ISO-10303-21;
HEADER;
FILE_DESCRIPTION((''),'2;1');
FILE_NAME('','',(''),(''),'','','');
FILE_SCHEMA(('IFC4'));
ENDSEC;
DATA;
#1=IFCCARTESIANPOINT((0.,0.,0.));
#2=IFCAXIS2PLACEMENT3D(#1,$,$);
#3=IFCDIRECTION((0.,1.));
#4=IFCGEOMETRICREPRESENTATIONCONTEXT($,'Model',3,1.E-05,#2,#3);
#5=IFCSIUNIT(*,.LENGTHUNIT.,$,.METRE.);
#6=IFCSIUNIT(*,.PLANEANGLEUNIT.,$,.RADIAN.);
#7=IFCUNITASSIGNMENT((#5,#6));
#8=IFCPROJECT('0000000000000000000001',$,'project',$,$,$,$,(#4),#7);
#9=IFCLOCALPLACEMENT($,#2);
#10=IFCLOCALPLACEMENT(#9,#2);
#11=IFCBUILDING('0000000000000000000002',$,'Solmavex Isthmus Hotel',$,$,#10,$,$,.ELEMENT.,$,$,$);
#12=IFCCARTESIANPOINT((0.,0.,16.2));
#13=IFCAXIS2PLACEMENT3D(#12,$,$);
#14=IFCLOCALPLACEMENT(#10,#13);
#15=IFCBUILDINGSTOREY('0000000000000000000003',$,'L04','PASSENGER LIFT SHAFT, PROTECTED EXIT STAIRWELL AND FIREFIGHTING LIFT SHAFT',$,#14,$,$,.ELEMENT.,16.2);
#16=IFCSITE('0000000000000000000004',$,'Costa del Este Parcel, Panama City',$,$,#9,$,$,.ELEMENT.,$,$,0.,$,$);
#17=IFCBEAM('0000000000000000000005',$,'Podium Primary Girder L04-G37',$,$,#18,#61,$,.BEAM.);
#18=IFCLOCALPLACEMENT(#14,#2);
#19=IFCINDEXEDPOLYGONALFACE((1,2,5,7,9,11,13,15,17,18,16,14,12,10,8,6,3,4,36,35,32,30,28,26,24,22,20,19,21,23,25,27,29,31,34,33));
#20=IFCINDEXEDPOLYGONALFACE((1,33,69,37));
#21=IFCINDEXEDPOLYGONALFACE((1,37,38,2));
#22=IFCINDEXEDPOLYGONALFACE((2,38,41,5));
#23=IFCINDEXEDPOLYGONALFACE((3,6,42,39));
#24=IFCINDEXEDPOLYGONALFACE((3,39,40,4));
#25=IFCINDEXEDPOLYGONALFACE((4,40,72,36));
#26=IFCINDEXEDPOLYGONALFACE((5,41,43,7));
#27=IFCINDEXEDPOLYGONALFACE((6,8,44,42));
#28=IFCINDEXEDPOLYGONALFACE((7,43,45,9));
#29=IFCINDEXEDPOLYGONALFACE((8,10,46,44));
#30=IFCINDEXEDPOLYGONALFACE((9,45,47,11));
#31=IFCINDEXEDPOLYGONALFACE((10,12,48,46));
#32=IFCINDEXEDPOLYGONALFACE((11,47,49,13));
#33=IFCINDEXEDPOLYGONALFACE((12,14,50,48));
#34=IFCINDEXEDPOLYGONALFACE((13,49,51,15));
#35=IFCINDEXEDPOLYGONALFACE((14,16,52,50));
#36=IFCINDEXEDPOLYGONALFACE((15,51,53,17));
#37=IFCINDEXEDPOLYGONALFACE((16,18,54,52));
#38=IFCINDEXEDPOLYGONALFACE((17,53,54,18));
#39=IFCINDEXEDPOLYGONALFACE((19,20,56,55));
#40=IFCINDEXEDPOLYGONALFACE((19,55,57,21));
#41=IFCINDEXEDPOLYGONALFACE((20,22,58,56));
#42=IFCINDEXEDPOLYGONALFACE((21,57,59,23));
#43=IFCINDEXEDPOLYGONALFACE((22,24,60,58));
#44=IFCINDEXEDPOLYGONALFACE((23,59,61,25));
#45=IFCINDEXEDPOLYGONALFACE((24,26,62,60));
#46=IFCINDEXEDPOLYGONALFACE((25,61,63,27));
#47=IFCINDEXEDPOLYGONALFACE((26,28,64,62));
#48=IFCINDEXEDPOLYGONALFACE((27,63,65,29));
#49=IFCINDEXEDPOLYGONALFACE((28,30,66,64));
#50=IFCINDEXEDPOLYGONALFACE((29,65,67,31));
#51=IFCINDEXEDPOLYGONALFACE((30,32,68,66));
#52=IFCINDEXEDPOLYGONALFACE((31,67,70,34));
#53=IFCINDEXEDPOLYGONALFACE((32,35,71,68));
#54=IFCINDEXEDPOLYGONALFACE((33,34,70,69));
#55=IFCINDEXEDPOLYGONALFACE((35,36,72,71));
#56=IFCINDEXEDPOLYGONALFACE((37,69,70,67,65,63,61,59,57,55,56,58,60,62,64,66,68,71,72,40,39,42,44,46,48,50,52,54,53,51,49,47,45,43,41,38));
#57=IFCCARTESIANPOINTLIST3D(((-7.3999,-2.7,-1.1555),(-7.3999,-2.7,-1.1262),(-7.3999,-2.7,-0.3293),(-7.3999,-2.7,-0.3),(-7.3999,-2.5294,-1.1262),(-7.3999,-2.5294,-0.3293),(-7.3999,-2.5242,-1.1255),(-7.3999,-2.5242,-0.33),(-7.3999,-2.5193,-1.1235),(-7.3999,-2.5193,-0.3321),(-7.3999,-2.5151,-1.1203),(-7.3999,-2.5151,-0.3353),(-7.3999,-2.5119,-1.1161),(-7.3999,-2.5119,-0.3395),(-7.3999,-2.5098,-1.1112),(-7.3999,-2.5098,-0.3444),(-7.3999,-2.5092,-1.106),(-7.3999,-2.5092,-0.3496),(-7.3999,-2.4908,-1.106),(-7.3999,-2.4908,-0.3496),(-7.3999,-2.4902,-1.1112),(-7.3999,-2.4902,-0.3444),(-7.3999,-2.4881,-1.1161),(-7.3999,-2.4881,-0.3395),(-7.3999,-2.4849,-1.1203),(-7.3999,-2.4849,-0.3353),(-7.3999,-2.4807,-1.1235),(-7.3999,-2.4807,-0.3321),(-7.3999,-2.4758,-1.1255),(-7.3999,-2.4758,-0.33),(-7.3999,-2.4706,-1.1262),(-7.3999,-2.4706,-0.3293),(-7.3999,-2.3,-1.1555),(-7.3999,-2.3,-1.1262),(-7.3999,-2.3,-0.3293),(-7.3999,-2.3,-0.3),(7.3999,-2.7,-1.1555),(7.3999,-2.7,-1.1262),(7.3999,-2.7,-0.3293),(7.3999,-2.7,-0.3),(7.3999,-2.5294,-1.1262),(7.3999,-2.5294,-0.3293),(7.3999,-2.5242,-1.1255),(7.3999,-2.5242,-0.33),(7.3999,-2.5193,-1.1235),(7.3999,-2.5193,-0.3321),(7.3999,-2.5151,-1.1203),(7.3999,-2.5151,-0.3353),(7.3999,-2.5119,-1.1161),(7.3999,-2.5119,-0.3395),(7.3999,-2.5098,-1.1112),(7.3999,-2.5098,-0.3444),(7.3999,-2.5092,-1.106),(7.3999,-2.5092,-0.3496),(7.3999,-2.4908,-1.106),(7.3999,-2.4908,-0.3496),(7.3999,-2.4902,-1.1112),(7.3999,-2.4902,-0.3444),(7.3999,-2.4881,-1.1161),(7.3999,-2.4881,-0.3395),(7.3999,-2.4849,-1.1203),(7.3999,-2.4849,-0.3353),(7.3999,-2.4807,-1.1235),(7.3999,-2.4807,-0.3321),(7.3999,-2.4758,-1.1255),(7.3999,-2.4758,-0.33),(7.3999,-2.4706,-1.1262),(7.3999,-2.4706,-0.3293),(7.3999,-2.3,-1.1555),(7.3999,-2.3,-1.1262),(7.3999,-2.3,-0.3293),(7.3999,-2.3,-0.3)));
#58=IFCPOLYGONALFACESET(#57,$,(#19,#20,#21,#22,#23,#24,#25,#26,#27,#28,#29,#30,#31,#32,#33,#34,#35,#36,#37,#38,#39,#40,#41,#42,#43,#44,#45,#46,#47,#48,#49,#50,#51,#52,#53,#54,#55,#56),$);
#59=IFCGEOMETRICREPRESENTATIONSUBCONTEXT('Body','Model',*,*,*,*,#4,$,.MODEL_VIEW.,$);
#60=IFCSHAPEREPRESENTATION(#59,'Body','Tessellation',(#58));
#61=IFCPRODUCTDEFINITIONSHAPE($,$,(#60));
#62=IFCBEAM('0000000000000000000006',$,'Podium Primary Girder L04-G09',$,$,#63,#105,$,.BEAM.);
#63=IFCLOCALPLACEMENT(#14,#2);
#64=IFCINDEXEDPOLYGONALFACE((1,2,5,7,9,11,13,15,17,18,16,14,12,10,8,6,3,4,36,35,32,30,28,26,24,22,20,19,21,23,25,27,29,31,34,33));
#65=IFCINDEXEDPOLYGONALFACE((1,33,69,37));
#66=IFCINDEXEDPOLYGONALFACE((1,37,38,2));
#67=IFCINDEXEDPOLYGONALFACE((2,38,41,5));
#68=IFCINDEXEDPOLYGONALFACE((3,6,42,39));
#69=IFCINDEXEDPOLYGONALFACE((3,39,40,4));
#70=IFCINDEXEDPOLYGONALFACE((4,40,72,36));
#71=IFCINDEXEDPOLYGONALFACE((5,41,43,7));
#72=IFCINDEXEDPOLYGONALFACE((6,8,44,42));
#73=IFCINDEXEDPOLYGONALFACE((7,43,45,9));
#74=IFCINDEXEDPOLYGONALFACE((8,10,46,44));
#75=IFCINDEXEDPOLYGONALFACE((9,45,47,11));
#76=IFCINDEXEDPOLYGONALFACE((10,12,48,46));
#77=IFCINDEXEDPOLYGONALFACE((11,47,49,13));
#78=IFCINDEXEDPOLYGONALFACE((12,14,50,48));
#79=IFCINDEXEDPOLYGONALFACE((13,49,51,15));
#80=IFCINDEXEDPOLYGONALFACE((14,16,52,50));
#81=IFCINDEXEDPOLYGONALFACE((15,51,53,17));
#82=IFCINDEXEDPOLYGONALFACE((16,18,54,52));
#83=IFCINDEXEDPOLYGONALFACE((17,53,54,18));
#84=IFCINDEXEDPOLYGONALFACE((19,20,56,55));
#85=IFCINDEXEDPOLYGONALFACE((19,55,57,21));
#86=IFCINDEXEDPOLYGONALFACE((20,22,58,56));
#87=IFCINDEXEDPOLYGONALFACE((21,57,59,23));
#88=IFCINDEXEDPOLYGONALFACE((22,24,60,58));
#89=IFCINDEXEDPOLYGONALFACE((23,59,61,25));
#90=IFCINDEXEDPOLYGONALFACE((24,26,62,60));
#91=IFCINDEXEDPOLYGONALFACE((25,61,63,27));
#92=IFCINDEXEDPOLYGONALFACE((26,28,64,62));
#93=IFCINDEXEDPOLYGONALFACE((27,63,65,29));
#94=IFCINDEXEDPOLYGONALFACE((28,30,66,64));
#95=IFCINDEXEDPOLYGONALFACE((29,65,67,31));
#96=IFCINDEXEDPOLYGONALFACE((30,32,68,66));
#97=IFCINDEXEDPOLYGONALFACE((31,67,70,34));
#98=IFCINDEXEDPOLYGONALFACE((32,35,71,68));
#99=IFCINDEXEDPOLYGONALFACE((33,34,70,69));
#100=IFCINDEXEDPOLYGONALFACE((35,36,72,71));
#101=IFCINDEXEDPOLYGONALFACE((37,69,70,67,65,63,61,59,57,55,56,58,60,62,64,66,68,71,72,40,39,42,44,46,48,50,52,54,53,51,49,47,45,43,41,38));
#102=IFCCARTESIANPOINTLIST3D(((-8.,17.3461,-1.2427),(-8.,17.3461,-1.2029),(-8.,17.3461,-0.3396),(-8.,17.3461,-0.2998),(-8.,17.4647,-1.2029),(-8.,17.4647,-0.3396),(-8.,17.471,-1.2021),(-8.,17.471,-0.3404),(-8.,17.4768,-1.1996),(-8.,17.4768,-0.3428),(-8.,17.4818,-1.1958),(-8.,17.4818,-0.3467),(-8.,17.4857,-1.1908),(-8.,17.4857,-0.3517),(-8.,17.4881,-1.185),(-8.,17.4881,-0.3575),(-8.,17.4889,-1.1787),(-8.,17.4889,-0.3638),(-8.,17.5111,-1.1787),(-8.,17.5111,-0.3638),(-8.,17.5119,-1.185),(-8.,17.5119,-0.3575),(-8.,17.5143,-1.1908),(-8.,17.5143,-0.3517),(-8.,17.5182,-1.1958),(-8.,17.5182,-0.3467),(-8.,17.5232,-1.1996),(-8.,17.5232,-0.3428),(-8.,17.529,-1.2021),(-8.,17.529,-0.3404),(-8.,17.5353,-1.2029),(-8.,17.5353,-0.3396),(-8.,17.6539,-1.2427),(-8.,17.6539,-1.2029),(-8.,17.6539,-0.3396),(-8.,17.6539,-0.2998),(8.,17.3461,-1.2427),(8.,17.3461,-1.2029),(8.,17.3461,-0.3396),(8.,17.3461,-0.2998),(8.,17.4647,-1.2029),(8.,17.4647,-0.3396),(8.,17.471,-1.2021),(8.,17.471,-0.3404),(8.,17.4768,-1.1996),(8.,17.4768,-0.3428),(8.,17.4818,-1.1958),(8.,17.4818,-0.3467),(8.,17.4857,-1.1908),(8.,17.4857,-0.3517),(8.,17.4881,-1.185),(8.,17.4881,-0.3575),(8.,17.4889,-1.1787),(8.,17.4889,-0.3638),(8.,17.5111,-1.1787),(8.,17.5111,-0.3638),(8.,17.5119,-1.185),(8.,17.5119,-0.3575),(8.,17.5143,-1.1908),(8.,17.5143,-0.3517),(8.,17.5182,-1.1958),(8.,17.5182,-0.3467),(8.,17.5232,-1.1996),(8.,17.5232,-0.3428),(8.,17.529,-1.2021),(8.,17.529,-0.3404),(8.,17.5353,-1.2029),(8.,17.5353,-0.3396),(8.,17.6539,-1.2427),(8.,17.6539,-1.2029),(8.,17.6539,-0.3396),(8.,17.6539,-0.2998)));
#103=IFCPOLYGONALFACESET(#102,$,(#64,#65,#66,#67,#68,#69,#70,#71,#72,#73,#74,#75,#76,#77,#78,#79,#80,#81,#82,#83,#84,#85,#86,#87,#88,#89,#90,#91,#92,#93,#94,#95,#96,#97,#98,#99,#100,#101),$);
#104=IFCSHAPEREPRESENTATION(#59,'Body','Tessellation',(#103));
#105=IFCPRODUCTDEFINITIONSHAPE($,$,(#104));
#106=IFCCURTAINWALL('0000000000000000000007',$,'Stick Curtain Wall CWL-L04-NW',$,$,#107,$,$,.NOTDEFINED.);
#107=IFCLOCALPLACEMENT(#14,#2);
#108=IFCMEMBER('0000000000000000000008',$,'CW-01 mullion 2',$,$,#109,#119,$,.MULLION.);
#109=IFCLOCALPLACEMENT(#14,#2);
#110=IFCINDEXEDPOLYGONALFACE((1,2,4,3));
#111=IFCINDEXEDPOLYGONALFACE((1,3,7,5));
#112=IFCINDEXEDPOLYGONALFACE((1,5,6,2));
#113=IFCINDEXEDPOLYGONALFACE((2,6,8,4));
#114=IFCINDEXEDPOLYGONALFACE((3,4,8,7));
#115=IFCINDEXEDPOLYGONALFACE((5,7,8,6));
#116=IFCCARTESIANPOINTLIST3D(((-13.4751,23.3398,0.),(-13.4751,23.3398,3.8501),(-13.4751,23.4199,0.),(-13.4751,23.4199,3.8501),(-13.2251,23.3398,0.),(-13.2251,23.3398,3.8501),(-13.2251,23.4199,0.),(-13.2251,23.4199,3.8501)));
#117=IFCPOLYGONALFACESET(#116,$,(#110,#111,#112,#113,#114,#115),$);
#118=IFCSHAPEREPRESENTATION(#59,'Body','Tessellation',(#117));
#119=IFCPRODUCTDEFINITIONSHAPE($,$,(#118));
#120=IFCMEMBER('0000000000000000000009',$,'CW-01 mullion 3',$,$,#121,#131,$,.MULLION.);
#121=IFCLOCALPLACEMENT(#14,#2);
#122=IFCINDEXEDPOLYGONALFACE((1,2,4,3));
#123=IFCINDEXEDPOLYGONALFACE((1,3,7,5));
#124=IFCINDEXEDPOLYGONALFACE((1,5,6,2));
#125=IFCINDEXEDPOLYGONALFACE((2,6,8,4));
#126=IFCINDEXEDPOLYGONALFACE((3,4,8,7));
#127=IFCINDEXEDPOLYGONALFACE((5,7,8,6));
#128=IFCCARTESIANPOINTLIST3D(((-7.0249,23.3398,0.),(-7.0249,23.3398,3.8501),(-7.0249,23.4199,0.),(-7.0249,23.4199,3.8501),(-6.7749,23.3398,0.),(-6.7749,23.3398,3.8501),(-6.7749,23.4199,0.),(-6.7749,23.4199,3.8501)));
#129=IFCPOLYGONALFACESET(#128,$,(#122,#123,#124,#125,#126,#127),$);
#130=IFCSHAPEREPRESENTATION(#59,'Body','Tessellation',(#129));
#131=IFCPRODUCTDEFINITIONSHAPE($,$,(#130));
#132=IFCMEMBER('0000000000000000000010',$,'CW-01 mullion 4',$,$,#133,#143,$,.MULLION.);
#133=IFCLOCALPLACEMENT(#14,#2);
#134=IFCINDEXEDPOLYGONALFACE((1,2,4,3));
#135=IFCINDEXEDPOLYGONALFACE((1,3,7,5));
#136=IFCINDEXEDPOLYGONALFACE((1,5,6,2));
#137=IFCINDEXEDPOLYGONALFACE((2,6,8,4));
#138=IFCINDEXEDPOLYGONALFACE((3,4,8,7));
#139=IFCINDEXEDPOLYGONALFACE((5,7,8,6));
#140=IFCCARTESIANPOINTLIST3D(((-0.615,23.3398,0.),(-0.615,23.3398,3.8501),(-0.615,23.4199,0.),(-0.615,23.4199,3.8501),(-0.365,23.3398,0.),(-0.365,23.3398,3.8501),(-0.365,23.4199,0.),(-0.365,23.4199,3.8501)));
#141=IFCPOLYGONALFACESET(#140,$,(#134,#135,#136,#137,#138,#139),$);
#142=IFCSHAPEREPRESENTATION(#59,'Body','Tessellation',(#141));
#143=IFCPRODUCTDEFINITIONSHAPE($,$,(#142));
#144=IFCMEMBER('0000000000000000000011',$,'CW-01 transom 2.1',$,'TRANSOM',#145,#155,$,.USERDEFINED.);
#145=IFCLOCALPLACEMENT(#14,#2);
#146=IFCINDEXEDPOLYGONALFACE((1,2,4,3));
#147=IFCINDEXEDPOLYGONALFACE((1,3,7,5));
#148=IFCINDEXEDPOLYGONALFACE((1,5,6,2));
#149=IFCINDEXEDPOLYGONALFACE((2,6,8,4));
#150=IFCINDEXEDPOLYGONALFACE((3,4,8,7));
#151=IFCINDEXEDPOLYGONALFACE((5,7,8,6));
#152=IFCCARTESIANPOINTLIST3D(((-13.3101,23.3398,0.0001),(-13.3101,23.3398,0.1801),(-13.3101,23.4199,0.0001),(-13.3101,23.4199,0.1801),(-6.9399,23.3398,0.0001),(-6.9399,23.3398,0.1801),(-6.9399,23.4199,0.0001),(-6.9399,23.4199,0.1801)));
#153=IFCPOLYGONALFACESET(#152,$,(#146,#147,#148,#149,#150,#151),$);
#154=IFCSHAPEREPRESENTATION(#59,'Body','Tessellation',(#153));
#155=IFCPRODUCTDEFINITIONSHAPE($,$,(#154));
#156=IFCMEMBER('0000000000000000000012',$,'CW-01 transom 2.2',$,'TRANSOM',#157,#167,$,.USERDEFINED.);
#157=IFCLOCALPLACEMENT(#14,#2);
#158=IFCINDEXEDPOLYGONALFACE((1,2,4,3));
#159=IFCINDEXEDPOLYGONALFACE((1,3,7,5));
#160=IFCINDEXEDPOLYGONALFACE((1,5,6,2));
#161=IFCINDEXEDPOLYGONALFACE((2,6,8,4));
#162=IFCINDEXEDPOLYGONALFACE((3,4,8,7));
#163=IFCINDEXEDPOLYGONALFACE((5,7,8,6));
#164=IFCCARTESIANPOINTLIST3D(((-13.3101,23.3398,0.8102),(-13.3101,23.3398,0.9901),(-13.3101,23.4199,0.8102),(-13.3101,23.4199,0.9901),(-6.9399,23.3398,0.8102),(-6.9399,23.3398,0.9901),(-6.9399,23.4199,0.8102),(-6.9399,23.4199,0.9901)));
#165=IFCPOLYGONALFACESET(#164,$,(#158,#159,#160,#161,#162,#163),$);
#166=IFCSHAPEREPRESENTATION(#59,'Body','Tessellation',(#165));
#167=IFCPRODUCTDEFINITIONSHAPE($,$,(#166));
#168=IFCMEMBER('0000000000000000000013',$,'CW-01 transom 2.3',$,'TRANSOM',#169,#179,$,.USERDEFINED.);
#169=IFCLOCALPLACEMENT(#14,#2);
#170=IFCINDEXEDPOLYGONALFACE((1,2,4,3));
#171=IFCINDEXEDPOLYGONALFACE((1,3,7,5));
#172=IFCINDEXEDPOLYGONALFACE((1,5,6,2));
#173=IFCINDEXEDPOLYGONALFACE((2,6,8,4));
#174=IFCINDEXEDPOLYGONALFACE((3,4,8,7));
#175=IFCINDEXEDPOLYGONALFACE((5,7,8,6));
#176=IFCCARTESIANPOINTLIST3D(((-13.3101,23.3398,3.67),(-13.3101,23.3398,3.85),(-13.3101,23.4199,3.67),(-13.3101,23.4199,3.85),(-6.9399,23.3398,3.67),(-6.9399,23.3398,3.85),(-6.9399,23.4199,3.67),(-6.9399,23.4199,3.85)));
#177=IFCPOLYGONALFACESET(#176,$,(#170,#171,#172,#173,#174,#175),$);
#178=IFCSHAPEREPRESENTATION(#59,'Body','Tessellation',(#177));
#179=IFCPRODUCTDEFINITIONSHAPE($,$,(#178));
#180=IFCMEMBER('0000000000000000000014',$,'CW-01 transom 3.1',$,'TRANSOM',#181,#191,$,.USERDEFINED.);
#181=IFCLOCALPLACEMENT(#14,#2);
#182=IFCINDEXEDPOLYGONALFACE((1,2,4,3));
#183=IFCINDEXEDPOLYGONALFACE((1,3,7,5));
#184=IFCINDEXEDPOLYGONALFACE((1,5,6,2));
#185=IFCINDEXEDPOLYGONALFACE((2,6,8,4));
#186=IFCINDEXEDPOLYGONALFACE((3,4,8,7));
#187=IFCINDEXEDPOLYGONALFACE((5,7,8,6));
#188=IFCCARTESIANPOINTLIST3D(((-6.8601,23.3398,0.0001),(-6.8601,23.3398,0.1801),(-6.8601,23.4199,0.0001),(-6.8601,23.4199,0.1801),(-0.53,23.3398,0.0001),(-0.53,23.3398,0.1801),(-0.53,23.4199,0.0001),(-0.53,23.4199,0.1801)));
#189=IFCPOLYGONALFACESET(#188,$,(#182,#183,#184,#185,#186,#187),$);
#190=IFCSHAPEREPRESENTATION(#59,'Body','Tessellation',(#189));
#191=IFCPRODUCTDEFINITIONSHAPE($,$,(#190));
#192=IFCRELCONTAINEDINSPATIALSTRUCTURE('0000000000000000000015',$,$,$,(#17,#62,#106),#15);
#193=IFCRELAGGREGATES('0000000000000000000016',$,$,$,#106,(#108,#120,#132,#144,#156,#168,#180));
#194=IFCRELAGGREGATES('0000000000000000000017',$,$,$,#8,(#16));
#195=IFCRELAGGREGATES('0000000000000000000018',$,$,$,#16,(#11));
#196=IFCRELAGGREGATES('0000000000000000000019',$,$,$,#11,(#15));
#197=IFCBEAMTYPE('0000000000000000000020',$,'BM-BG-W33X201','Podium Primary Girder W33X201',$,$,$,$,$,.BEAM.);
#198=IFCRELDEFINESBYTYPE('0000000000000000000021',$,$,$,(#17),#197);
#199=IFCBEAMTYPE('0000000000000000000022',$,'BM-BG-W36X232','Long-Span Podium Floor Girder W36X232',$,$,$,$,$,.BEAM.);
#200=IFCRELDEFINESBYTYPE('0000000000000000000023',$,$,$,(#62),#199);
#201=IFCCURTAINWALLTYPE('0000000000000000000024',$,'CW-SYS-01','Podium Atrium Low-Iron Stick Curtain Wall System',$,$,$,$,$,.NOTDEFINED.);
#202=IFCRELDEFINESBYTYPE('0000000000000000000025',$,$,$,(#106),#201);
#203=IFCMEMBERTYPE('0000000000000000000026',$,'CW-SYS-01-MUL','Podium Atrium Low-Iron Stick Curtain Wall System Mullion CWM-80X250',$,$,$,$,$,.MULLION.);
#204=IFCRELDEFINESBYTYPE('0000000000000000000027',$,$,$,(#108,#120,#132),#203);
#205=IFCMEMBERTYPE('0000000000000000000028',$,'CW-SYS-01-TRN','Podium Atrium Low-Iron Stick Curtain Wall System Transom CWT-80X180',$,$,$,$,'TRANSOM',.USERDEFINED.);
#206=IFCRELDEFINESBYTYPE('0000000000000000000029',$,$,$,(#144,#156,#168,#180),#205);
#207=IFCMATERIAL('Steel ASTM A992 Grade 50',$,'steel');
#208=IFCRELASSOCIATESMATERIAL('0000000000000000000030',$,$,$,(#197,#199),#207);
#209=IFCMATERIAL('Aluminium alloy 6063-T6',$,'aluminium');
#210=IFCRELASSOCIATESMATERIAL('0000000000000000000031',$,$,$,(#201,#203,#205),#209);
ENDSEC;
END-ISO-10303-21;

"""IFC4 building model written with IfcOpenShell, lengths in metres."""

from ifc_helpers import new_model, si_unit, direction, frame, origin, origin_2d, place, context, subcontext, project, spatial, rectangle, i_section, extrude, material, material_profile, profile_set, type_object, element, aggregate, save


model = new_model("IFC4")

# Units and contexts
model_context = context("Model", 3, precision=1e-05, world=origin(), true_north=direction((0.0, 1.0)))
body_context = subcontext(model_context, "Body", "Model", "MODEL_VIEW")
ifc_project = project(units=[si_unit("LENGTHUNIT", "METRE"), si_unit("PLANEANGLEUNIT", "RADIAN")], contexts=[model_context])

# Site, building, storey
site_placement = place(None, origin())
site = spatial("IfcSite", under=ifc_project, at=site_placement, Name="Costa del Este Parcel, Panama City", CompositionType="ELEMENT", RefElevation=0.0)
building_placement = place(site_placement, origin())
building = spatial("IfcBuilding", under=site, at=building_placement, Name="Solmavex Isthmus Hotel", CompositionType="ELEMENT")
storey_placement = place(building_placement, frame((0.0, 0.0, 16.2)))
storey = spatial("IfcBuildingStorey", under=building, at=storey_placement, Name="L04", Description="PASSENGER LIFT SHAFT, PROTECTED EXIT STAIRWELL AND FIREFIGHTING LIFT SHAFT", CompositionType="ELEMENT", Elevation=16.2)

# Beams
ifc_material_1 = material(Name="Steel ASTM A992 Grade 50", Category="steel")
ifc_material_profile_1 = material_profile(ifc_material_1, i_section(OverallWidth=0.3999, OverallDepth=0.8555, WebThickness=0.0183, FlangeThickness=0.0293, FilletRadius=0.0203, at=origin_2d()), Name="W33X201")
ifc_profile_set_1 = profile_set([ifc_material_profile_1], Name="Steel ASTM A992 Grade 50")
beam_type_1 = type_object("IfcBeamType", Name="BM-BG-W33X201", Description="Podium Primary Girder W33X201", PredefinedType="BEAM", material=ifc_profile_set_1)
beam_1_placement = place(storey_placement, frame((-7.3999, -2.5, -0.7278), z_axis=(1.0, 0.0, 0.0), x_axis=(0.0, 1.0, 0.0)))
element("IfcBeam", 1, at=beam_1_placement, inside=storey, type_object=beam_type_1, Name="Podium Primary Girder L04-G37", PredefinedType="BEAM", context=body_context, shape_type="SweptSolid", body=[
    extrude(i_section(OverallWidth=0.3999, OverallDepth=0.8555, WebThickness=0.0183, FlangeThickness=0.0293, FilletRadius=0.0203, at=origin_2d()), origin(), (0.0, 0.0, 1.0), 14.7998),
])
ifc_material_profile_2 = material_profile(ifc_material_1, i_section(OverallWidth=0.3079, OverallDepth=0.9429, WebThickness=0.0222, FlangeThickness=0.0398, FilletRadius=0.0242, at=origin_2d()), Name="W36X232")
ifc_profile_set_2 = profile_set([ifc_material_profile_2], Name="Steel ASTM A992 Grade 50")
beam_type_2 = type_object("IfcBeamType", Name="BM-BG-W36X232", Description="Long-Span Podium Floor Girder W36X232", PredefinedType="BEAM", material=ifc_profile_set_2)
beam_2_placement = place(storey_placement, frame((-8.0, 17.5, -0.7712), z_axis=(1.0, 0.0, 0.0), x_axis=(0.0, 1.0, 0.0)))
element("IfcBeam", 2, at=beam_2_placement, inside=storey, type_object=beam_type_2, Name="Podium Primary Girder L04-G09", PredefinedType="BEAM", context=body_context, shape_type="SweptSolid", body=[
    extrude(i_section(OverallWidth=0.3079, OverallDepth=0.9429, WebThickness=0.0222, FlangeThickness=0.0398, FilletRadius=0.0242, at=origin_2d()), origin(), (0.0, 0.0, 1.0), 16.0),
])

# Curtain wall, members
ifc_material_2 = material(Name="Aluminium alloy 6063-T6", Category="aluminium")
curtain_wall_type = type_object("IfcCurtainWallType", Name="CW-SYS-01", Description="Podium Atrium Low-Iron Stick Curtain Wall System", PredefinedType="NOTDEFINED", material=ifc_material_2)
curtain_wall_placement = place(storey_placement, origin())
curtain_wall = element("IfcCurtainWall", 3, at=curtain_wall_placement, inside=storey, type_object=curtain_wall_type, Name="Stick Curtain Wall CWL-L04-NW", PredefinedType="NOTDEFINED")
ifc_material_profile_3 = material_profile(ifc_material_2, rectangle(XDim=0.0801, YDim=0.25, at=origin_2d()), Name="CWM-80X250")
ifc_profile_set_3 = profile_set([ifc_material_profile_3], Name="Aluminium alloy 6063-T6")
member_type_1 = type_object("IfcMemberType", Name="CW-SYS-01-MUL", Description="Podium Atrium Low-Iron Stick Curtain Wall System Mullion CWM-80X250", PredefinedType="MULLION", material=ifc_profile_set_3)
member_1_placement = place(storey_placement, frame((-13.3501, 23.3799, 0.0), z_axis=(0.0, 0.0, 1.0), x_axis=(0.0, 1.0, 0.0)))
member_1 = element("IfcMember", 4, at=member_1_placement, type_object=member_type_1, Name="CW-01 mullion 2", PredefinedType="MULLION", context=body_context, shape_type="SweptSolid", body=[
    extrude(rectangle(XDim=0.0801, YDim=0.25, at=origin_2d()), origin(), (0.0, 0.0, 1.0), 3.8501),
])
member_2_placement = place(storey_placement, frame((-6.8999, 23.3799, 0.0), z_axis=(0.0, 0.0, 1.0), x_axis=(0.0, 1.0, 0.0)))
member_2 = element("IfcMember", 5, at=member_2_placement, type_object=member_type_1, Name="CW-01 mullion 3", PredefinedType="MULLION", context=body_context, shape_type="SweptSolid", body=[
    extrude(rectangle(XDim=0.0801, YDim=0.25, at=origin_2d()), origin(), (0.0, 0.0, 1.0), 3.8501),
])
member_3_placement = place(storey_placement, frame((-0.49, 23.3799, 0.0), z_axis=(0.0, 0.0, 1.0), x_axis=(0.0, 1.0, 0.0)))
member_3 = element("IfcMember", 6, at=member_3_placement, type_object=member_type_1, Name="CW-01 mullion 4", PredefinedType="MULLION", context=body_context, shape_type="SweptSolid", body=[
    extrude(rectangle(XDim=0.0801, YDim=0.25, at=origin_2d()), origin(), (0.0, 0.0, 1.0), 3.8501),
])
ifc_material_profile_4 = material_profile(ifc_material_2, rectangle(XDim=0.0801, YDim=0.1799, at=origin_2d()), Name="CWT-80X180")
ifc_profile_set_4 = profile_set([ifc_material_profile_4], Name="Aluminium alloy 6063-T6")
member_type_2 = type_object("IfcMemberType", Name="CW-SYS-01-TRN", Description="Podium Atrium Low-Iron Stick Curtain Wall System Transom CWT-80X180", ElementType="TRANSOM", PredefinedType="USERDEFINED", material=ifc_profile_set_4)
member_4_placement = place(storey_placement, frame((-13.3101, 23.3799, 0.0901), z_axis=(1.0, 0.0, 0.0), x_axis=(0.0, 1.0, 0.0)))
member_4 = element("IfcMember", 7, at=member_4_placement, type_object=member_type_2, Name="CW-01 transom 2.1", ObjectType="TRANSOM", PredefinedType="USERDEFINED", context=body_context, shape_type="SweptSolid", body=[
    extrude(rectangle(XDim=0.0801, YDim=0.1799, at=origin_2d()), origin(), (0.0, 0.0, 1.0), 6.3701),
])
member_5_placement = place(storey_placement, frame((-13.3101, 23.3799, 0.9001), z_axis=(1.0, 0.0, 0.0), x_axis=(0.0, 1.0, 0.0)))
member_5 = element("IfcMember", 8, at=member_5_placement, type_object=member_type_2, Name="CW-01 transom 2.2", ObjectType="TRANSOM", PredefinedType="USERDEFINED", context=body_context, shape_type="SweptSolid", body=[
    extrude(rectangle(XDim=0.0801, YDim=0.1799, at=origin_2d()), origin(), (0.0, 0.0, 1.0), 6.3701),
])
member_6_placement = place(storey_placement, frame((-13.3101, 23.3799, 3.76), z_axis=(1.0, 0.0, 0.0), x_axis=(0.0, 1.0, 0.0)))
member_6 = element("IfcMember", 9, at=member_6_placement, type_object=member_type_2, Name="CW-01 transom 2.3", ObjectType="TRANSOM", PredefinedType="USERDEFINED", context=body_context, shape_type="SweptSolid", body=[
    extrude(rectangle(XDim=0.0801, YDim=0.1799, at=origin_2d()), origin(), (0.0, 0.0, 1.0), 6.3701),
])
member_7_placement = place(storey_placement, frame((-6.8601, 23.3799, 0.0901), z_axis=(1.0, 0.0, 0.0), x_axis=(0.0, 1.0, 0.0)))
member_7 = element("IfcMember", 10, at=member_7_placement, type_object=member_type_2, Name="CW-01 transom 3.1", ObjectType="TRANSOM", PredefinedType="USERDEFINED", context=body_context, shape_type="SweptSolid", body=[
    extrude(rectangle(XDim=0.0801, YDim=0.1799, at=origin_2d()), origin(), (0.0, 0.0, 1.0), 6.3301),
])
aggregate(curtain_wall, [member_1, member_2, member_3, member_4, member_5, member_6, member_7])

save(model, "model.ifc")
